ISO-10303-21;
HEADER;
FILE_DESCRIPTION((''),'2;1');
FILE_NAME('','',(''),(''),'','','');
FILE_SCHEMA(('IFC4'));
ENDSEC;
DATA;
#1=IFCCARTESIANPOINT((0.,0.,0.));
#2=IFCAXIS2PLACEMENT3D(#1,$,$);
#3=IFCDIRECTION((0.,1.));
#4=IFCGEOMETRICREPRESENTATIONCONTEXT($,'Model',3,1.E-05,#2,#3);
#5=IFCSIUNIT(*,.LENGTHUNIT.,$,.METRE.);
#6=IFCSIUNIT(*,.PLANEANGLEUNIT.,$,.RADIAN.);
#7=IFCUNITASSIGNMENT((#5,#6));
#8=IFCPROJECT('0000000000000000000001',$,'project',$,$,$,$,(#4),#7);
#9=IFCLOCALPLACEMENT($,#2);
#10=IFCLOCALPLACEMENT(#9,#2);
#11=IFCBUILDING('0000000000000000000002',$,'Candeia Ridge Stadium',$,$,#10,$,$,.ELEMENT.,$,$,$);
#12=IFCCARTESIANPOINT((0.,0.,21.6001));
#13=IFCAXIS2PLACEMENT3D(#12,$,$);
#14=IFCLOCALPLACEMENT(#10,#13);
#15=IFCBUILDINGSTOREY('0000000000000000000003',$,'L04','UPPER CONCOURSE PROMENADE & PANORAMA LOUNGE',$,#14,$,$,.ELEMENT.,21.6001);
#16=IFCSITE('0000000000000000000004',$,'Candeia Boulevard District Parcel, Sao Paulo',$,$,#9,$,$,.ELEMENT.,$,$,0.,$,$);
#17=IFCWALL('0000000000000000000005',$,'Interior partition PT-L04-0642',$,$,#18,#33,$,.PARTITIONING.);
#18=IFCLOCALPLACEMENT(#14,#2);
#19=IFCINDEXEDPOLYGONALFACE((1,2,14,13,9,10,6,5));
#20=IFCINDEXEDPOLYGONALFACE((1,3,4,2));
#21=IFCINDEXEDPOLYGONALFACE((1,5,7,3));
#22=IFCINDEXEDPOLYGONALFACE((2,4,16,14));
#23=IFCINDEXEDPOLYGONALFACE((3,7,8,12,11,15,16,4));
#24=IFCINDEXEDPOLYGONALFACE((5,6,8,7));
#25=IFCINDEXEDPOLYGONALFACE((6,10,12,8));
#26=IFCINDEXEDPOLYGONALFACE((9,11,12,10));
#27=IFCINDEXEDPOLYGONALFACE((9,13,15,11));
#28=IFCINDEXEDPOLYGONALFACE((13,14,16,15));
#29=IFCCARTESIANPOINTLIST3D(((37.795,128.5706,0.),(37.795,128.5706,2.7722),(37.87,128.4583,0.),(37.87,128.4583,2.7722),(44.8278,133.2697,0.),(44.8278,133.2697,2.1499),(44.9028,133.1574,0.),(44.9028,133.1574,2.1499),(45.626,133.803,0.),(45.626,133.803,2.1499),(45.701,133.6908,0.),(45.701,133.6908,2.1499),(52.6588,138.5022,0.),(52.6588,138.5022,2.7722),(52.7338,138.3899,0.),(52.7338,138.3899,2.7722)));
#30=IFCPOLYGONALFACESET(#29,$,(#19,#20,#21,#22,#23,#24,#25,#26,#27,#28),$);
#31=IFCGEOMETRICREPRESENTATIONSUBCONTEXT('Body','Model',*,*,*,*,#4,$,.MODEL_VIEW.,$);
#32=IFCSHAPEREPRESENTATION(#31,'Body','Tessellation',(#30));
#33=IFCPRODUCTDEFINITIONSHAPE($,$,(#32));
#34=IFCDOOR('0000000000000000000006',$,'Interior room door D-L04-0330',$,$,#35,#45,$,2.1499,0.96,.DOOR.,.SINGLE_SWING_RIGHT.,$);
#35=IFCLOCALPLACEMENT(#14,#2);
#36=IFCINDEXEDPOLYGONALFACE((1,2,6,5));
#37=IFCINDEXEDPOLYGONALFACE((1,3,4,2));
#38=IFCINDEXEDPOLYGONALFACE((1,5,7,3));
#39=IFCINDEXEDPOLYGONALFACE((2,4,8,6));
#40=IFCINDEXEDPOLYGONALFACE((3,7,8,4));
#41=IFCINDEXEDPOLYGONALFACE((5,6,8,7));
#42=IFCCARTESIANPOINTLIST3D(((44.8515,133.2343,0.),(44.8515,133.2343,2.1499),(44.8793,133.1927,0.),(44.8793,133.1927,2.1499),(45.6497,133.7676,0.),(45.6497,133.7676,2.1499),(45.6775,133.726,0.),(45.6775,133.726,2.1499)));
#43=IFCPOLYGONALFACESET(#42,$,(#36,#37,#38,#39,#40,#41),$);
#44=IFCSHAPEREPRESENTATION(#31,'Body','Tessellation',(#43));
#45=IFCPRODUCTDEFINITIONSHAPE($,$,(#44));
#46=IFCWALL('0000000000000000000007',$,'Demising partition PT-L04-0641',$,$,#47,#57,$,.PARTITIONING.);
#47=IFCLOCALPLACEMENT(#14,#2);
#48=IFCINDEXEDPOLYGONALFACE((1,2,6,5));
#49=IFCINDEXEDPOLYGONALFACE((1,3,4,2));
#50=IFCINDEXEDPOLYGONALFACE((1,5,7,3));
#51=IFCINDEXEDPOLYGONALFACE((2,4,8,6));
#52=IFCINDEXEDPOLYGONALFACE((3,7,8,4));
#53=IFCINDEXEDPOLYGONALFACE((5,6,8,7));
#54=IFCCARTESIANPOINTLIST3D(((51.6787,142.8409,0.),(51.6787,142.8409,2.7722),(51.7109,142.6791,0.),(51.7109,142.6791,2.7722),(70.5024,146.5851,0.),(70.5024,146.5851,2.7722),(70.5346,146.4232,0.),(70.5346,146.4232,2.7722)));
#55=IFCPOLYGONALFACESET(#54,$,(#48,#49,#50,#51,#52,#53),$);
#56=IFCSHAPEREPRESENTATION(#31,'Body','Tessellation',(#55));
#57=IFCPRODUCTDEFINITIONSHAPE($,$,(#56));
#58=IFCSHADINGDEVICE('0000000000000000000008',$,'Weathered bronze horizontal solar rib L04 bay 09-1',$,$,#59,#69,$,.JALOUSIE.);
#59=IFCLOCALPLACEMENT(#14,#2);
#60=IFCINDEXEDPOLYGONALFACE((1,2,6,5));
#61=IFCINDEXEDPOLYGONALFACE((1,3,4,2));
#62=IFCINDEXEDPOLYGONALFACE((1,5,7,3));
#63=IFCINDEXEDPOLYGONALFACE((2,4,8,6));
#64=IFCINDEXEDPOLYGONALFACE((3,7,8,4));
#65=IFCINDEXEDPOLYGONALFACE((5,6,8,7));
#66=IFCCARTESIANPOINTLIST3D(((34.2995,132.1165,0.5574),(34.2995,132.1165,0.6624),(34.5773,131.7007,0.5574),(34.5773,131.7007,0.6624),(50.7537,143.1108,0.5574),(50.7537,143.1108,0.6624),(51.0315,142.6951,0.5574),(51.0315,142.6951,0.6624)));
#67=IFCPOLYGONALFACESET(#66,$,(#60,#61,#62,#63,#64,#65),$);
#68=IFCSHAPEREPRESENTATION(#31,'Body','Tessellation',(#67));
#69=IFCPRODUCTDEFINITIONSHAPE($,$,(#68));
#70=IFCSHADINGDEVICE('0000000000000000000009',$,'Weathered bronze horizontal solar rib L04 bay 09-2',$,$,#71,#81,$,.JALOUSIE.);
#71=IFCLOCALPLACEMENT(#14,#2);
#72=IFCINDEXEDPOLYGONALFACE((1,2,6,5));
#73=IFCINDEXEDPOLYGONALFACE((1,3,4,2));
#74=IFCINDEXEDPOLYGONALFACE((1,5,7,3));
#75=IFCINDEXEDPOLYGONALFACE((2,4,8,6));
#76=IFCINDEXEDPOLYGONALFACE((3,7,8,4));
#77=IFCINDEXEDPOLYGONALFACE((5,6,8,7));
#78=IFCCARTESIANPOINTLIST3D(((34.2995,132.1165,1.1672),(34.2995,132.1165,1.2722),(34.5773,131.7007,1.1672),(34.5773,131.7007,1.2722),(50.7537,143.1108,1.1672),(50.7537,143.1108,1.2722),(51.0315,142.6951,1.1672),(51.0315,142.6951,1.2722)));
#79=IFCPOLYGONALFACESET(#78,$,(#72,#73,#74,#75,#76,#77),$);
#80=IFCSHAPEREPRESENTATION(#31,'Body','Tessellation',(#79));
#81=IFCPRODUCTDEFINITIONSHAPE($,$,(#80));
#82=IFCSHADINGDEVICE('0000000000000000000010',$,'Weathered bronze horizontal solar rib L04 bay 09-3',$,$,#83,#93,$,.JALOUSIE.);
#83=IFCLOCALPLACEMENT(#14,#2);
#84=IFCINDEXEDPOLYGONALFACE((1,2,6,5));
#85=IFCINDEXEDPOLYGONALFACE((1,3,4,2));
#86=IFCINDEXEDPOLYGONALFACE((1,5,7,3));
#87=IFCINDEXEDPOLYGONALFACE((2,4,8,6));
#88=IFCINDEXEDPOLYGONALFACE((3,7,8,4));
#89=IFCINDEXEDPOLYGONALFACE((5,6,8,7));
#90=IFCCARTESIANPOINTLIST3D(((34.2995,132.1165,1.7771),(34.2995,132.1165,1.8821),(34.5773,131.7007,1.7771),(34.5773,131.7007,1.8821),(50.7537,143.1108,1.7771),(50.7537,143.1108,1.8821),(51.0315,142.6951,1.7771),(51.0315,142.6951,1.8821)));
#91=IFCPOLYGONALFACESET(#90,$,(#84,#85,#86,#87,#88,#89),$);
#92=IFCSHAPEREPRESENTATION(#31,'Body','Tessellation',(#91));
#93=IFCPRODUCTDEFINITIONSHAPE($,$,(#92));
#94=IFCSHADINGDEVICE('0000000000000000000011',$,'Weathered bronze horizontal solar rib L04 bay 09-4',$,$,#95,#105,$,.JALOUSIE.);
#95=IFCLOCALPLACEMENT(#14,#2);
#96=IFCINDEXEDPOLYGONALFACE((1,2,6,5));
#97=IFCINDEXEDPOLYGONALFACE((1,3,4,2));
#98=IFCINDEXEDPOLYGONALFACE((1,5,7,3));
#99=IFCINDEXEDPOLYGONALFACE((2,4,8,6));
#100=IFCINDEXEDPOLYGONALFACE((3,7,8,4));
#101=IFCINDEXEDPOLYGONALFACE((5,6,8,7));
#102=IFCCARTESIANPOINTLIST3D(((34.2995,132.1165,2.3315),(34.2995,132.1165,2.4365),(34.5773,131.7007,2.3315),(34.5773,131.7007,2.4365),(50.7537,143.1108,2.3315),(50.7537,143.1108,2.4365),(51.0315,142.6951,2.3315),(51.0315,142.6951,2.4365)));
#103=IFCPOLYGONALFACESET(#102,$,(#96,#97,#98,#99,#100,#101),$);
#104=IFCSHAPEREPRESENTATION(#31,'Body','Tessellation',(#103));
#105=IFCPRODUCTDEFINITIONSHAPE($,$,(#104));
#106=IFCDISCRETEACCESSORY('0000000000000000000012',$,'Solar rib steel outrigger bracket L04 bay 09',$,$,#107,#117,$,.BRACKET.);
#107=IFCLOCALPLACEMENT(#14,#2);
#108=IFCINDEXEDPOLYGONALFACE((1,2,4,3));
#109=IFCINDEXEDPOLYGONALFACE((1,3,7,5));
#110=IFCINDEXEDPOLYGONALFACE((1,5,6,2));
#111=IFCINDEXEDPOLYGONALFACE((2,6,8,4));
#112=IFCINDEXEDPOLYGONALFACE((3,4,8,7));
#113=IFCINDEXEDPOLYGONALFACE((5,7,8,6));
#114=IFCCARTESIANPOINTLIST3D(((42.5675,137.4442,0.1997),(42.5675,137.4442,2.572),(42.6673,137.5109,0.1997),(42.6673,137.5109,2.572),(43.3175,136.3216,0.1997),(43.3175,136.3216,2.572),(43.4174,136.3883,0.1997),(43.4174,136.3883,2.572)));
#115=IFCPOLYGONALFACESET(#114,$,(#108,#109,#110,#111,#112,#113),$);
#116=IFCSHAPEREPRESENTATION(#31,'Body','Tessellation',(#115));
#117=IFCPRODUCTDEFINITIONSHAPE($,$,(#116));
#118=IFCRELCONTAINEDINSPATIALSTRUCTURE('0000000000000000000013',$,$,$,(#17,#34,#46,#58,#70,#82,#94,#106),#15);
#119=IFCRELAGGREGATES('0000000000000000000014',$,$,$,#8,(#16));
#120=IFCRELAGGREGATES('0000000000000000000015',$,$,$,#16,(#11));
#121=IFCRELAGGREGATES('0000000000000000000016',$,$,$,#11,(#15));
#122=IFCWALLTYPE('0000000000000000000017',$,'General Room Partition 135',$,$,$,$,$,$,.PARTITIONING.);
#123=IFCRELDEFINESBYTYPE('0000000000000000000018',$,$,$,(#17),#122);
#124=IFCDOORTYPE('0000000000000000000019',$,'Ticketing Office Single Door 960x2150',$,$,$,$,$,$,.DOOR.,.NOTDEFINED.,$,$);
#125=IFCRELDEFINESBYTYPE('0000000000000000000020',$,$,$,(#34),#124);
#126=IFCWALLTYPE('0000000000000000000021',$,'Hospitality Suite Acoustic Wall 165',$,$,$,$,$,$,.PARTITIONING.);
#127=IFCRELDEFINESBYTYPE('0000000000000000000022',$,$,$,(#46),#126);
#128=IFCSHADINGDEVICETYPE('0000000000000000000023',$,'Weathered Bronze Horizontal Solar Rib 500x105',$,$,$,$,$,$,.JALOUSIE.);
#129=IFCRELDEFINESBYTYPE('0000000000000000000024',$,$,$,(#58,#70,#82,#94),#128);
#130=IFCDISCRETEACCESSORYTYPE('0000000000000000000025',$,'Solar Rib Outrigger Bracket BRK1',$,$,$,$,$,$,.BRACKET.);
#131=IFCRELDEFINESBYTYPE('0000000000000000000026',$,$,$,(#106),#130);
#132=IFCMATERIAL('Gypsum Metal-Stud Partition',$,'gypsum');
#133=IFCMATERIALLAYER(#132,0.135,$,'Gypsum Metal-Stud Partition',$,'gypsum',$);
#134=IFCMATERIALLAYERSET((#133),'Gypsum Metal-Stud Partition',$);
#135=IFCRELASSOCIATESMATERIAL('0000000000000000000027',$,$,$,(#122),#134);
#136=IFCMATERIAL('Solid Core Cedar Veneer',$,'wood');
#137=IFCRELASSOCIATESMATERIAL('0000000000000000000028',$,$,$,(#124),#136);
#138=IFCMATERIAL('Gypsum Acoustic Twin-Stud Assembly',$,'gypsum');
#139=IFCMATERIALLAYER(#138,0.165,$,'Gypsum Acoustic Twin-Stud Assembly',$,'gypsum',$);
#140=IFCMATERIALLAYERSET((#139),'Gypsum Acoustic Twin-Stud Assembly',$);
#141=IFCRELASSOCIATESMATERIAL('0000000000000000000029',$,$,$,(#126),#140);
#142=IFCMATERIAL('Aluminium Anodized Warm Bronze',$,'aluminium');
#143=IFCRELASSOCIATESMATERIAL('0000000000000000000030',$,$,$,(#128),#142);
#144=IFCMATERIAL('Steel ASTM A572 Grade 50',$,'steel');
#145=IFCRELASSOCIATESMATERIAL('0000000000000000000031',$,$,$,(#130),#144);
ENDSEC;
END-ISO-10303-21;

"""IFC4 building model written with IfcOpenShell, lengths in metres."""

from ifc_helpers import new_model, si_unit, direction, frame, frame_2d, origin, origin_2d, place, context, subcontext, project, spatial, rectangle, extrude, material, layer, layer_set, type_object, element, fill, save


model = new_model("IFC4")

# Units and contexts
model_context = context("Model", 3, precision=1e-05, world=origin(), true_north=direction((0.0, 1.0)))
body_context = subcontext(model_context, "Body", "Model", "MODEL_VIEW")
ifc_project = project(units=[si_unit("LENGTHUNIT", "METRE"), si_unit("PLANEANGLEUNIT", "RADIAN")], contexts=[model_context])

# Site, building, storey
site_placement = place(None, origin())
site = spatial("IfcSite", under=ifc_project, at=site_placement, Name="Candeia Boulevard District Parcel, Sao Paulo", CompositionType="ELEMENT", RefElevation=0.0)
building_placement = place(site_placement, origin())
building = spatial("IfcBuilding", under=site, at=building_placement, Name="Candeia Ridge Stadium", CompositionType="ELEMENT")
storey_placement = place(building_placement, frame((0.0, 0.0, 21.6001)))
storey = spatial("IfcBuildingStorey", under=building, at=storey_placement, Name="L04", Description="UPPER CONCOURSE PROMENADE & PANORAMA LOUNGE", CompositionType="ELEMENT", Elevation=21.6001)

# Shared definitions
ifc_material_1 = material(Name="Aluminium Anodized Warm Bronze", Category="aluminium")

# Wall, opening, door
ifc_material_2 = material(Name="Gypsum Acoustic Twin-Stud Assembly", Category="gypsum")
ifc_material_3 = material(Name="Gypsum Metal-Stud Partition", Category="gypsum")
ifc_layer_1 = layer(ifc_material_3, 0.135, Name="Gypsum Metal-Stud Partition", Category="gypsum")
ifc_layer_set_1 = layer_set([ifc_layer_1], Name="Gypsum Metal-Stud Partition")
wall_type_1 = type_object("IfcWallType", Name="General Room Partition 135", PredefinedType="PARTITIONING", material=ifc_layer_set_1)
wall_1_placement = place(storey_placement, frame((52.6963, 138.446, 0.0), z_axis=(0.0, 0.0, 1.0), x_axis=(-0.83147, -0.55557, 0.0)))
wall_1 = element("IfcWall", 1, at=wall_1_placement, inside=storey, type_object=wall_type_1, Name="Interior partition PT-L04-0642", PredefinedType="PARTITIONING", context=body_context, shape_type="SweptSolid", body=[
    extrude(rectangle(XDim=17.8765, YDim=0.135, at=frame_2d((8.9382, 0.0))), origin(), (0.0, 0.0, 1.0), 2.7722),
])
opening_1_placement = place(wall_1_placement, frame((8.4583, 0.0, 0.0)))
opening_1 = element("IfcOpeningElement", 2, at=opening_1_placement, cuts=wall_1, PredefinedType="OPENING", context=body_context, shape_type="SweptSolid", body=[
    extrude(rectangle(XDim=0.96, YDim=2.1499, at=frame_2d((0.48, 1.075))), frame((0.0, 0.0774, 0.0), z_axis=(0.0, -1.0, 0.0), x_axis=(1.0, 0.0, 0.0)), (0.0, 0.0, 1.0), 0.155),
])
ifc_material_4 = material(Name="Solid Core Cedar Veneer", Category="wood")
door_type_1 = type_object("IfcDoorType", Name="Ticketing Office Single Door 960x2150", OperationType="NOTDEFINED", PredefinedType="DOOR", material=ifc_material_4)
door_1_placement = place(opening_1_placement, frame((0.96, 0.0, 0.0), z_axis=(0.0, 0.0, 1.0), x_axis=(-1.0, 0.0, 0.0)))
door_1 = element("IfcDoor", 3, at=door_1_placement, inside=storey, type_object=door_type_1, Name="Interior room door D-L04-0330", OperationType="SINGLE_SWING_RIGHT", OverallHeight=2.1499, OverallWidth=0.96, PredefinedType="DOOR", context=body_context, shape_type="SweptSolid", body=[
    extrude(rectangle(XDim=0.96, YDim=2.1499, at=frame_2d((0.48, 1.075))), frame((0.0, 0.0249, 0.0), z_axis=(0.0, -1.0, 0.0), x_axis=(1.0, 0.0, 0.0)), (0.0, 0.0, 1.0), 0.05),
])
fill(opening_1, door_1)

# Wall
ifc_layer_2 = layer(ifc_material_2, 0.165, Name="Gypsum Acoustic Twin-Stud Assembly", Category="gypsum")
ifc_layer_set_2 = layer_set([ifc_layer_2], Name="Gypsum Acoustic Twin-Stud Assembly")
wall_type_2 = type_object("IfcWallType", Name="Hospitality Suite Acoustic Wall 165", PredefinedType="PARTITIONING", material=ifc_layer_set_2)
wall_2_placement = place(storey_placement, frame((51.6948, 142.76, 0.0), z_axis=(0.0, 0.0, 1.0), x_axis=(0.980787, 0.195084, 0.0)))
element("IfcWall", 4, at=wall_2_placement, inside=storey, type_object=wall_type_2, Name="Demising partition PT-L04-0641", PredefinedType="PARTITIONING", context=body_context, shape_type="SweptSolid", body=[
    extrude(rectangle(XDim=19.1924, YDim=0.165, at=frame_2d((9.5962, 0.0))), origin(), (0.0, 0.0, 1.0), 2.7722),
])

# Shading devices
shading_device_type = type_object("IfcShadingDeviceType", Name="Weathered Bronze Horizontal Solar Rib 500x105", PredefinedType="JALOUSIE", material=ifc_material_1)
for number, where, z_axis, x_axis, name in (
    (5, (42.6655, 137.4058, 0.5574), (0.0, 0.0, 1.0), (-0.83147, -0.55557, 0.0), "Weathered bronze horizontal solar rib L04 bay 09-1"),
    (6, (42.6655, 137.4058, 1.1672), (0.0, 0.0, 1.0), (-0.83147, -0.55557, 0.0), "Weathered bronze horizontal solar rib L04 bay 09-2"),
    (7, (42.6655, 137.4058, 1.7771), (0.0, 0.0, 1.0), (-0.83147, -0.55557, 0.0), "Weathered bronze horizontal solar rib L04 bay 09-3"),
    (8, (42.6655, 137.4058, 2.3315), (0.0, 0.0, 1.0), (-0.83147, -0.55557, 0.0), "Weathered bronze horizontal solar rib L04 bay 09-4"),
):
    element("IfcShadingDevice", number, at=place(storey_placement, frame(where, z_axis=z_axis, x_axis=x_axis)), inside=storey, type_object=shading_device_type, Name=name, PredefinedType="JALOUSIE", context=body_context, shape_type="SweptSolid", body=[
        extrude(rectangle(XDim=19.7893, YDim=0.5, at=origin_2d()), origin(), (0.0, 0.0, 1.0), 0.105),
    ])

# Discrete accessory
ifc_material_5 = material(Name="Steel ASTM A572 Grade 50", Category="steel")
discrete_accessory_type = type_object("IfcDiscreteAccessoryType", Name="Solar Rib Outrigger Bracket BRK1", PredefinedType="BRACKET", material=ifc_material_5)
discrete_accessory_placement = place(storey_placement, frame((42.9924, 136.9163, 0.1997), z_axis=(0.0, 0.0, 1.0), x_axis=(-0.55557, 0.83147, 0.0)))
element("IfcDiscreteAccessory", 9, at=discrete_accessory_placement, inside=storey, type_object=discrete_accessory_type, Name="Solar rib steel outrigger bracket L04 bay 09", PredefinedType="BRACKET", context=body_context, shape_type="SweptSolid", body=[
    extrude(rectangle(XDim=1.3501, YDim=0.1201, at=origin_2d()), origin(), (0.0, 0.0, 1.0), 2.3723),
])

save(model, "model.ifc")
